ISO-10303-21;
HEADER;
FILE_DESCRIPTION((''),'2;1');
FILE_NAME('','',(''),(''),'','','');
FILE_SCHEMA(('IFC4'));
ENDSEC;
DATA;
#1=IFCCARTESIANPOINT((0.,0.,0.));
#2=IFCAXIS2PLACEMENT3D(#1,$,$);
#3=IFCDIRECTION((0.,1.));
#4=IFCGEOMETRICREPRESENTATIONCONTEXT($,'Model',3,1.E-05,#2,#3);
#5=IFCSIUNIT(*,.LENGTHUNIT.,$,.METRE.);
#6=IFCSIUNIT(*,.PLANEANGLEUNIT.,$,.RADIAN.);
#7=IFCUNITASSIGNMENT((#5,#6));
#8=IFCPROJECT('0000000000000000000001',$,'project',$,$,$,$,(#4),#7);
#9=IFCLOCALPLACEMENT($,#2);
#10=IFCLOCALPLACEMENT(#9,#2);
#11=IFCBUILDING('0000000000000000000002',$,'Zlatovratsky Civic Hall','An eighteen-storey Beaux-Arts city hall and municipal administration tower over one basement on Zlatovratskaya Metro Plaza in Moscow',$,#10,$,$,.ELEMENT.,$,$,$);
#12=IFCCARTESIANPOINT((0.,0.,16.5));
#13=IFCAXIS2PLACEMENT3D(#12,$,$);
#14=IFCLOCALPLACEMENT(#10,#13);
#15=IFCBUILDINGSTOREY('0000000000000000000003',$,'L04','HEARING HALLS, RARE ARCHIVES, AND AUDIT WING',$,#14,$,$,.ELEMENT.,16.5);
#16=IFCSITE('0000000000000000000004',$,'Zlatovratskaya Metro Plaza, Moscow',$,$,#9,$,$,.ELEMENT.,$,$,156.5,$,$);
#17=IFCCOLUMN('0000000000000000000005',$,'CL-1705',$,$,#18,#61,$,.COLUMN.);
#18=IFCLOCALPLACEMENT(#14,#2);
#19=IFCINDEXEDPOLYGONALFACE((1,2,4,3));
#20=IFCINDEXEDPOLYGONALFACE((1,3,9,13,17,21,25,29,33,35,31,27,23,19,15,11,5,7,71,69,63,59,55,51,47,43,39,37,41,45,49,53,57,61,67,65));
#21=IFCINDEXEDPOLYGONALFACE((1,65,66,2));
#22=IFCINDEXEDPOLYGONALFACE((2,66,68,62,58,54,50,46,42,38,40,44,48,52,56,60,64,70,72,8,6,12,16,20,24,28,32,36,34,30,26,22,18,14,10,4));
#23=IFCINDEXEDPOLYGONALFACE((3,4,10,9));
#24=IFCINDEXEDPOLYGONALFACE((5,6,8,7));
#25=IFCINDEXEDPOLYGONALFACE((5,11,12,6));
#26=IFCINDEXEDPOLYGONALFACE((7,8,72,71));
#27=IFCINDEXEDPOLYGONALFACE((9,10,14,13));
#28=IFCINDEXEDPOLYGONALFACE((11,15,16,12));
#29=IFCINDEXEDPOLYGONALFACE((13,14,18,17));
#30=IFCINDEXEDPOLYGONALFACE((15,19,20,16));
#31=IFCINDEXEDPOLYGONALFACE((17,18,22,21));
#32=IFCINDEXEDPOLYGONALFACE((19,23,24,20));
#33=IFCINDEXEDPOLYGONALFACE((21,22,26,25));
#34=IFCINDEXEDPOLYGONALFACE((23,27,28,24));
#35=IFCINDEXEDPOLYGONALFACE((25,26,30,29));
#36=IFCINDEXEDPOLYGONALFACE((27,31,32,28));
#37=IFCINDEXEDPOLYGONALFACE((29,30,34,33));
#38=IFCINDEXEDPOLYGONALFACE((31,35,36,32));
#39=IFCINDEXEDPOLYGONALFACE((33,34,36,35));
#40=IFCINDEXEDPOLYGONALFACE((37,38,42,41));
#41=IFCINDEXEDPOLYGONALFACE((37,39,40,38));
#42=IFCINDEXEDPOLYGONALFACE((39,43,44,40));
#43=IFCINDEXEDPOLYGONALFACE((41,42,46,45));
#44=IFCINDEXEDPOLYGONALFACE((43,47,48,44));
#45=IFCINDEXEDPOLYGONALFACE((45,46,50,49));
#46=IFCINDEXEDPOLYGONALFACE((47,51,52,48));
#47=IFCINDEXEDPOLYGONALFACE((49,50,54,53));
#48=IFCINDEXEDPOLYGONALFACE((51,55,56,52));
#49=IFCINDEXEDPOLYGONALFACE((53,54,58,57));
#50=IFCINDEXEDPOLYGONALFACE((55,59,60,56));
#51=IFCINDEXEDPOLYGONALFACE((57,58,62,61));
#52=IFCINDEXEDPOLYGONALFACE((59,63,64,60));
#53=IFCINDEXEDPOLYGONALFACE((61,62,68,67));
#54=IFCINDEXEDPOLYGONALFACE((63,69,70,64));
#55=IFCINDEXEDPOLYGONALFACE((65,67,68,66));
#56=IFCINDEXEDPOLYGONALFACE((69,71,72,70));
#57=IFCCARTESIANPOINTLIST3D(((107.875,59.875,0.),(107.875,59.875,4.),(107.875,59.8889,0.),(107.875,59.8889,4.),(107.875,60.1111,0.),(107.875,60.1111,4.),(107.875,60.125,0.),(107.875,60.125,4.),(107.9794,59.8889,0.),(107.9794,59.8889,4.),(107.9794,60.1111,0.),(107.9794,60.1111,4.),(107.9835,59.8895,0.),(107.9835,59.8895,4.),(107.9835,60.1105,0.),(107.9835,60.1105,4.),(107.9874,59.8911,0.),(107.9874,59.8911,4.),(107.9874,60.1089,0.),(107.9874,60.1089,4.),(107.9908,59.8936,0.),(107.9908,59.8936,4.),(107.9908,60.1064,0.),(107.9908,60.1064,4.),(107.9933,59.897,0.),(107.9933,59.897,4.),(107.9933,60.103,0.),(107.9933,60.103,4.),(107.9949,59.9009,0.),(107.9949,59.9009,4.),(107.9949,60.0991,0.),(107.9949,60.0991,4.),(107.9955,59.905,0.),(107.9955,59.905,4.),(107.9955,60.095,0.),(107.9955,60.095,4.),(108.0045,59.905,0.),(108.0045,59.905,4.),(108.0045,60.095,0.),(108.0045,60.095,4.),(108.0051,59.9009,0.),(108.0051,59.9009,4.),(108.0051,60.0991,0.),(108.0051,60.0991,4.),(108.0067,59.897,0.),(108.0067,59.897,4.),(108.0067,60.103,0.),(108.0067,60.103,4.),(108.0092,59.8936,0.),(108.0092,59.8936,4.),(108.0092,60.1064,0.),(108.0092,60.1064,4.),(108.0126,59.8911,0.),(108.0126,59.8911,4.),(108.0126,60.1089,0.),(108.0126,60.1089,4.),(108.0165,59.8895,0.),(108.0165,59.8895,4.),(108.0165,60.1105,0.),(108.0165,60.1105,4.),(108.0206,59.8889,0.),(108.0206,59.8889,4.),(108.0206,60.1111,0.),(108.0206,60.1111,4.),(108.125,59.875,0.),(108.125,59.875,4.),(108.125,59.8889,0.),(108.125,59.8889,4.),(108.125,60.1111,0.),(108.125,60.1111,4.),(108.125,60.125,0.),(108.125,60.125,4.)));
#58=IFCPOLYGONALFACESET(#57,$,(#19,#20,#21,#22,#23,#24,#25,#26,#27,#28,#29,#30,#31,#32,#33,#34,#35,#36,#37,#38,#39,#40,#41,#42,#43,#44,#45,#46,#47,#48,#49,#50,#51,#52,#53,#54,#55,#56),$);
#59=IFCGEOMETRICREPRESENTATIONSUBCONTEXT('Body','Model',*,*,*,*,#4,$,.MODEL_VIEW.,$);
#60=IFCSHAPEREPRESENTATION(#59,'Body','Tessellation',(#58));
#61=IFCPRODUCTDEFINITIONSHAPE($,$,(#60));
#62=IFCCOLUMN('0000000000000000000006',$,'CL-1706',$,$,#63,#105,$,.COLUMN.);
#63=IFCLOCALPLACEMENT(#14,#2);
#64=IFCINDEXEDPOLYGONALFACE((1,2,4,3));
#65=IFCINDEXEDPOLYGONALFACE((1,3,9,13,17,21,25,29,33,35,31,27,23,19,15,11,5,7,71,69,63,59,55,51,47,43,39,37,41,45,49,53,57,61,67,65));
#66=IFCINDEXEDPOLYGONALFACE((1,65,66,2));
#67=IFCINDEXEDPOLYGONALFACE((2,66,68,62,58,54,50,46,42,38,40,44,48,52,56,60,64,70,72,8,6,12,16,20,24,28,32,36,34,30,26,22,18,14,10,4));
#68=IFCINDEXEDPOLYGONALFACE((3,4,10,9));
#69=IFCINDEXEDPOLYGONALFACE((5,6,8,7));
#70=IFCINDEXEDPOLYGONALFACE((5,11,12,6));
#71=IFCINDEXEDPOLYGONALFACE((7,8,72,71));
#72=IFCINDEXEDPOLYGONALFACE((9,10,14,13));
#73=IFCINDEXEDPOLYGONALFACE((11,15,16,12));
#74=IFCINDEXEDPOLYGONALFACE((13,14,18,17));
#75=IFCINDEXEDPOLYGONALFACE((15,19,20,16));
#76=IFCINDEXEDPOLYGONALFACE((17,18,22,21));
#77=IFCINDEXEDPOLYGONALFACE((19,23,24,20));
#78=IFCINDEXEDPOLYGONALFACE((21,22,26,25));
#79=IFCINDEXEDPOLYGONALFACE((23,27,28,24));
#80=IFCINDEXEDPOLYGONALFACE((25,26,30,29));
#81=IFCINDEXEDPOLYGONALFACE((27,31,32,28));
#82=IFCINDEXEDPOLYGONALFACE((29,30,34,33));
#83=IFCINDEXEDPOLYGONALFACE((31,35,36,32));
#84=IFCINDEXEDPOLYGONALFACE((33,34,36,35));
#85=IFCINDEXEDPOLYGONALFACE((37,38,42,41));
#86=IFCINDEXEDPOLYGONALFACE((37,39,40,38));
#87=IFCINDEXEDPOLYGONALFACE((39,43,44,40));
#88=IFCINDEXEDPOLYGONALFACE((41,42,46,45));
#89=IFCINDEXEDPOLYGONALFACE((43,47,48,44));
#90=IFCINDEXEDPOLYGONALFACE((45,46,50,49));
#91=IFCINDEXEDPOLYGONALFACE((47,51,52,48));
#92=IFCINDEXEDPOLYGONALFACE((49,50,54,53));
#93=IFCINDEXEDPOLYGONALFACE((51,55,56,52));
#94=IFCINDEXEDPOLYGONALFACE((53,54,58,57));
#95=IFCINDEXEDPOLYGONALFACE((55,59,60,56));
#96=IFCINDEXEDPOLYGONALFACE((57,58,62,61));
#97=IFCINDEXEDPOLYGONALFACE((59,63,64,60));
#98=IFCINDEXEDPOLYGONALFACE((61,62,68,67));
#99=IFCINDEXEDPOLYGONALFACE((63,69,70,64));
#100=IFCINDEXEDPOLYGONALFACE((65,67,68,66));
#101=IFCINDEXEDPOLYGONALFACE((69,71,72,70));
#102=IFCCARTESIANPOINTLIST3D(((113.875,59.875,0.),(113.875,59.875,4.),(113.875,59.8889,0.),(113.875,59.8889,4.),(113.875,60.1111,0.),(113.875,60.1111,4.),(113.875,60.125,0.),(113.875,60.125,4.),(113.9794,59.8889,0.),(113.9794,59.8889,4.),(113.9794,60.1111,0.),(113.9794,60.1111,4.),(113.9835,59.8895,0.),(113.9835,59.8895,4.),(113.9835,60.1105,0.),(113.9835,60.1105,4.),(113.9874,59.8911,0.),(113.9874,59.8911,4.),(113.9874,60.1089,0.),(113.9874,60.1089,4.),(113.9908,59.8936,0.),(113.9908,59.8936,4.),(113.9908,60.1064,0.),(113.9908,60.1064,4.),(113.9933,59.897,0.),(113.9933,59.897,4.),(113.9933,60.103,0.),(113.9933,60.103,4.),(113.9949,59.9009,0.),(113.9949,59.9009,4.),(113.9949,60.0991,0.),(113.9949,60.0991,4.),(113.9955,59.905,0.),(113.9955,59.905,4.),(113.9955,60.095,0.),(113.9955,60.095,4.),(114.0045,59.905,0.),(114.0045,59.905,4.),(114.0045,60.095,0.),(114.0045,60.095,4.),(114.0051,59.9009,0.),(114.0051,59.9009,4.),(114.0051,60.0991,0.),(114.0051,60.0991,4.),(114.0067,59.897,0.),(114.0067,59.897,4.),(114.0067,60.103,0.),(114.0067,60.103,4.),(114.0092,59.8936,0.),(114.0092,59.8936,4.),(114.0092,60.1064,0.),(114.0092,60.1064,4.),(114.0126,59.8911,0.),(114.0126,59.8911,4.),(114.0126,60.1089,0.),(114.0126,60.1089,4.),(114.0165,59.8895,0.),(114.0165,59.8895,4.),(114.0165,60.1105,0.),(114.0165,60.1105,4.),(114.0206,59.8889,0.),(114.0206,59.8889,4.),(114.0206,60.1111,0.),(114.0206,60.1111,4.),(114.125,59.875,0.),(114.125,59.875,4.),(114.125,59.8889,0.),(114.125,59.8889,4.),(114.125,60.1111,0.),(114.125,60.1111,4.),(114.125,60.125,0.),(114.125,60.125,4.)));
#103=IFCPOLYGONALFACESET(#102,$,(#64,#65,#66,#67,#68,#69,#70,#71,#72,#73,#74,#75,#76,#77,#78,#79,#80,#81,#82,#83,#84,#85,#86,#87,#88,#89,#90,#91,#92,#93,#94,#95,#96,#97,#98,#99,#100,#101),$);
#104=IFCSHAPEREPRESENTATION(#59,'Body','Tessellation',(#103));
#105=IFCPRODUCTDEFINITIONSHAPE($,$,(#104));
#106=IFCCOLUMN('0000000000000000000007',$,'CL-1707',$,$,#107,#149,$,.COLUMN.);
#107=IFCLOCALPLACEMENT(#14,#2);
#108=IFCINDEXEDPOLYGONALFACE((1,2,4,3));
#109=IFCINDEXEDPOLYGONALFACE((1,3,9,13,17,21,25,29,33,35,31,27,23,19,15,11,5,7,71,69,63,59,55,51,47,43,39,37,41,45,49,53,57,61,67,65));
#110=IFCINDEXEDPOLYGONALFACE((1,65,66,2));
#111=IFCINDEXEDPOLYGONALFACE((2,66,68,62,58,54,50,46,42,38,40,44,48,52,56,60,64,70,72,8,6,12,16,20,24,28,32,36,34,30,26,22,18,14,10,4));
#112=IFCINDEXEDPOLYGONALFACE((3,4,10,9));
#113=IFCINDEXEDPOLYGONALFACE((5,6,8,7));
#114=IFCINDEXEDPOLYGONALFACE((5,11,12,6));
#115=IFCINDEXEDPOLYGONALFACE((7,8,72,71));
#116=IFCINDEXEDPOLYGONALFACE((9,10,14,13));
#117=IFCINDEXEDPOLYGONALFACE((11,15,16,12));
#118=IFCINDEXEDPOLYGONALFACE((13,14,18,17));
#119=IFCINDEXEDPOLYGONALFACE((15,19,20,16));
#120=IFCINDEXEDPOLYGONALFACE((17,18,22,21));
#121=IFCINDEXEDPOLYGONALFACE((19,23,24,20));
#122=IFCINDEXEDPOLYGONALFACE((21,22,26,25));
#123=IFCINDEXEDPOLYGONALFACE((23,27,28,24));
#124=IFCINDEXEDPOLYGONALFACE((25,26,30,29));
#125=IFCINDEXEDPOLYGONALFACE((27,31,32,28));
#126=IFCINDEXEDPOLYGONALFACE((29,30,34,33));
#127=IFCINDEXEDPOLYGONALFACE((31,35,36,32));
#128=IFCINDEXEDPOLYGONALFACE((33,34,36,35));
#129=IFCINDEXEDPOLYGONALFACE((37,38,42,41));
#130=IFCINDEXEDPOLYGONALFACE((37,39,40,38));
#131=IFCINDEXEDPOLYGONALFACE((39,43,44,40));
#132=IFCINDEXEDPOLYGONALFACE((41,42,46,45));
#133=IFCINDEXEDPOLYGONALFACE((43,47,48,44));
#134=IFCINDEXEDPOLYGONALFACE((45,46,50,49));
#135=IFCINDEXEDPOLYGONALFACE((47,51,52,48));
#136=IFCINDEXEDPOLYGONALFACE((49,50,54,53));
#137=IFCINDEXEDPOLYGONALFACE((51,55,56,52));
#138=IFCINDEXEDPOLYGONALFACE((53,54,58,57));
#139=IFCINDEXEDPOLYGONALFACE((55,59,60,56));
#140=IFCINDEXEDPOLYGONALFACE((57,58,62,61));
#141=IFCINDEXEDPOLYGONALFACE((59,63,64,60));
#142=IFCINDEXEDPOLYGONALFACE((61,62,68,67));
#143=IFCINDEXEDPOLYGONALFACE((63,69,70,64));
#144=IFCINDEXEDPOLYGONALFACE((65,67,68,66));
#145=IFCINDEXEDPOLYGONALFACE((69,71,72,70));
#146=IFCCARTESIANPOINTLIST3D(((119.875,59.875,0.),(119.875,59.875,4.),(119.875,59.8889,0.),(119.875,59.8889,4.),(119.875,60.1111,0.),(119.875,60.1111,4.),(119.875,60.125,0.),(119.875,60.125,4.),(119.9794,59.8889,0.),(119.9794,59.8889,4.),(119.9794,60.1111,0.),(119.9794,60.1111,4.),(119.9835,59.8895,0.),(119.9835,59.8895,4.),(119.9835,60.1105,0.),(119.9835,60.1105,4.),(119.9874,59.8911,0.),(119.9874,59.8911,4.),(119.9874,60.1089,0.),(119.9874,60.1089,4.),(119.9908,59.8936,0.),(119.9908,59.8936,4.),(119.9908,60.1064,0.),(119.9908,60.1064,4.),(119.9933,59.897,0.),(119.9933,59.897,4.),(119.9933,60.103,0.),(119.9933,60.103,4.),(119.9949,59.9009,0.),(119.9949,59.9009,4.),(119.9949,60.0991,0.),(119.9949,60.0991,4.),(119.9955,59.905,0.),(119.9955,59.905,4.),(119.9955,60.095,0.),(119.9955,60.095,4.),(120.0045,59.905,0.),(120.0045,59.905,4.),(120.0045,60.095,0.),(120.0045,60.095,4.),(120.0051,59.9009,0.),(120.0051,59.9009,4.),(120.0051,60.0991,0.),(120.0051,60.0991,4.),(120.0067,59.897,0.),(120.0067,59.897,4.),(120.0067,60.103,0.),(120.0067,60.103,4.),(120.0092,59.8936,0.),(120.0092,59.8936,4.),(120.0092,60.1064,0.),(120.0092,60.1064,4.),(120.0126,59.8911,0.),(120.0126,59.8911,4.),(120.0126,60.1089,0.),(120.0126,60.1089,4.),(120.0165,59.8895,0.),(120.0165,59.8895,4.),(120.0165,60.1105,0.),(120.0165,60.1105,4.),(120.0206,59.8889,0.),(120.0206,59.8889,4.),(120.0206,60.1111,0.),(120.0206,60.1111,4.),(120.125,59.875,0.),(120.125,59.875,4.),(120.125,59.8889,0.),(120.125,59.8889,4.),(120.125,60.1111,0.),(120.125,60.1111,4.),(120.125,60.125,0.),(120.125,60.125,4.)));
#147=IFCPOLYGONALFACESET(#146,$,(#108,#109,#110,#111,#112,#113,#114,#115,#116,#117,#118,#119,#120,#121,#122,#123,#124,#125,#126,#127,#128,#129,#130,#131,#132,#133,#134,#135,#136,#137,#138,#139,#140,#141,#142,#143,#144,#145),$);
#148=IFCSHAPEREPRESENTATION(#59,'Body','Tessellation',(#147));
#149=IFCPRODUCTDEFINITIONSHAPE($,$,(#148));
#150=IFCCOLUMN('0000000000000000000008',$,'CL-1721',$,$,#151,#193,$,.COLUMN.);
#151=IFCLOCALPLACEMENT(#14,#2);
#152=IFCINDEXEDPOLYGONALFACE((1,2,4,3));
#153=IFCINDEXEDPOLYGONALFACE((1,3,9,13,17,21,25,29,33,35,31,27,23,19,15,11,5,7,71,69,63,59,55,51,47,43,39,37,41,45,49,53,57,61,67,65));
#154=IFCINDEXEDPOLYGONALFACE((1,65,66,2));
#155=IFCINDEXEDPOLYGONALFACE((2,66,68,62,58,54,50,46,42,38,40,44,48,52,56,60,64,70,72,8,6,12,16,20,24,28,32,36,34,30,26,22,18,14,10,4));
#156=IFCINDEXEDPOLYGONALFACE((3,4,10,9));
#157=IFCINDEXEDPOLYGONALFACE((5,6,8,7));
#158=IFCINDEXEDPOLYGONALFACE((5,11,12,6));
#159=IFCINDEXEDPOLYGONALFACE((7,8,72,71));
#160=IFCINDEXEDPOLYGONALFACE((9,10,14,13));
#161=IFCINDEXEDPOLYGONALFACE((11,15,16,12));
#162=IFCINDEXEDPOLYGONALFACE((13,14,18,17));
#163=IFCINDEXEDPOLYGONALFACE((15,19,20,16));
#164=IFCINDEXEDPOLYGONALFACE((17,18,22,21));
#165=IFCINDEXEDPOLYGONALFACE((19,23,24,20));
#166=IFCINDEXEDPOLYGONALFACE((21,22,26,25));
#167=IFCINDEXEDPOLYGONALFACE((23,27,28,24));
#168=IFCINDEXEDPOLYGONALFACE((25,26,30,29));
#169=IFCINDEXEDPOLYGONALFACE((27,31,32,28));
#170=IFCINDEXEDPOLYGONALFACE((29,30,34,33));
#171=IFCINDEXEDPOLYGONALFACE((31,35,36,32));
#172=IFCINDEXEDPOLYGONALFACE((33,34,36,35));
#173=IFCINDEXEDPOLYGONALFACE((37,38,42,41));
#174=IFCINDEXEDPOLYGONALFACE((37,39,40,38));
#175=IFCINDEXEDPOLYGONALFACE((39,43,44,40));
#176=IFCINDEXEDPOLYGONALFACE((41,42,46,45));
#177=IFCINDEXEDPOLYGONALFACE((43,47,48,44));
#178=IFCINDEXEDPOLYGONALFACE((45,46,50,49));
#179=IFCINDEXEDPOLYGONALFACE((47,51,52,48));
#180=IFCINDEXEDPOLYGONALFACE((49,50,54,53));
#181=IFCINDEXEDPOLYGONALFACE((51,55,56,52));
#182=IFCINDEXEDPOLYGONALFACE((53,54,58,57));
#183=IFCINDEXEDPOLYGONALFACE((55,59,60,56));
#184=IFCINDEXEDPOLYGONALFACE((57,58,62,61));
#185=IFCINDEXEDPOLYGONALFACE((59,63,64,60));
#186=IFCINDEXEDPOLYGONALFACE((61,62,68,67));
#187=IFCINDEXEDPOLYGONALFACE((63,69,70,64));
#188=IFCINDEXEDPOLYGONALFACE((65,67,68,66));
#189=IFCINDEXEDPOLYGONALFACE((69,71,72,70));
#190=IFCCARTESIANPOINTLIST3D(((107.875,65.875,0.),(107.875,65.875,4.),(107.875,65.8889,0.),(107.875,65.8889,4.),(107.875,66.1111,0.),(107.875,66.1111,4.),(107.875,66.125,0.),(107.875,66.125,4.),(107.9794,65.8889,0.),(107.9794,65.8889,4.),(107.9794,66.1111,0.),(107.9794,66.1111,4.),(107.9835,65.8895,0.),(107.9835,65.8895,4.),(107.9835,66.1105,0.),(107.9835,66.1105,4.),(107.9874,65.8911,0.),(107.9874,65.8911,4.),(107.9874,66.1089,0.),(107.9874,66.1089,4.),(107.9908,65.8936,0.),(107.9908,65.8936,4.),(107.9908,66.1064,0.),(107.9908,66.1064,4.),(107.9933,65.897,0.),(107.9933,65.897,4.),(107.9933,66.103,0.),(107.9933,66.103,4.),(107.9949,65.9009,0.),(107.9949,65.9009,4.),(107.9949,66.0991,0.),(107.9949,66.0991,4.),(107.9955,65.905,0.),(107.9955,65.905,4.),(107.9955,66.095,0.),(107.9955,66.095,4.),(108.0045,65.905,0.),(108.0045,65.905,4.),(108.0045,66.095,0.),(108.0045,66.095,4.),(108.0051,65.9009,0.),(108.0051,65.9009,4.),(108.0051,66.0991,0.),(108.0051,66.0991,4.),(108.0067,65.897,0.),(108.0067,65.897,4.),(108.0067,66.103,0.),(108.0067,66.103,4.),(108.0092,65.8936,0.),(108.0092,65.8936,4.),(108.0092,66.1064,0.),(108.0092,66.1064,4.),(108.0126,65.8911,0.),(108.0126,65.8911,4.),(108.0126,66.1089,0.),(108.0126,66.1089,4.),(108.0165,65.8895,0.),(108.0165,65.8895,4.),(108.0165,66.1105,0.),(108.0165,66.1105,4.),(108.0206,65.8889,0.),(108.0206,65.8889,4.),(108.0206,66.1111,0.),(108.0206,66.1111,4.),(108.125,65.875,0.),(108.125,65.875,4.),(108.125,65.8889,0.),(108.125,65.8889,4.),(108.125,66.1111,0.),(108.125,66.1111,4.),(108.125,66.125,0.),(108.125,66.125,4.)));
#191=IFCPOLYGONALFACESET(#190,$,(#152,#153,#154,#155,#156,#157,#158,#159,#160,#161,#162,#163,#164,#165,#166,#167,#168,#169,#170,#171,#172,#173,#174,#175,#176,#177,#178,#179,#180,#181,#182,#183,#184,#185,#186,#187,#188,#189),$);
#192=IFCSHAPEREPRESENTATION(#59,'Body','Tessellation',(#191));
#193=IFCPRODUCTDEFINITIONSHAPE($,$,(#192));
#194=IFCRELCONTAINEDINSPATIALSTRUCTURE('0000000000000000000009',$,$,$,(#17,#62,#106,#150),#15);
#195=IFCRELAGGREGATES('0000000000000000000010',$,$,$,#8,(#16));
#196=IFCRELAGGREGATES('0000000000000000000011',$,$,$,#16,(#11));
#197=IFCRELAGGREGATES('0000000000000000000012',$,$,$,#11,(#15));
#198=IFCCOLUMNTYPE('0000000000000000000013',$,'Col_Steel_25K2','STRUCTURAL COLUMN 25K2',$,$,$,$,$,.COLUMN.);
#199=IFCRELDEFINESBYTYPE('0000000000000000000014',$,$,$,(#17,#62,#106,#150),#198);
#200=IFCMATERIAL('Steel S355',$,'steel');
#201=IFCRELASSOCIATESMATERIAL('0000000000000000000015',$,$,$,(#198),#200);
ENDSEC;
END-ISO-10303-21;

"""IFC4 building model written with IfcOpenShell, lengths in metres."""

from ifc_helpers import new_model, si_unit, direction, frame, origin, origin_2d, place, context, subcontext, project, spatial, i_section, extrude, material, material_profile, profile_set, type_object, element, save


model = new_model("IFC4")

# Units and contexts
model_context = context("Model", 3, precision=1e-05, world=origin(), true_north=direction((0.0, 1.0)))
body_context = subcontext(model_context, "Body", "Model", "MODEL_VIEW")
ifc_project = project(units=[si_unit("LENGTHUNIT", "METRE"), si_unit("PLANEANGLEUNIT", "RADIAN")], contexts=[model_context])

# Site, building, storey
site_placement = place(None, origin())
site = spatial("IfcSite", under=ifc_project, at=site_placement, Name="Zlatovratskaya Metro Plaza, Moscow", CompositionType="ELEMENT", RefElevation=156.5)
building_placement = place(site_placement, origin())
building = spatial("IfcBuilding", under=site, at=building_placement, Name="Zlatovratsky Civic Hall", Description="An eighteen-storey Beaux-Arts city hall and municipal administration tower over one basement on Zlatovratskaya Metro Plaza in Moscow", CompositionType="ELEMENT")
storey_placement = place(building_placement, frame((0.0, 0.0, 16.5)))
storey = spatial("IfcBuildingStorey", under=building, at=storey_placement, Name="L04", Description="HEARING HALLS, RARE ARCHIVES, AND AUDIT WING", CompositionType="ELEMENT", Elevation=16.5)

# Columns
ifc_material_1 = material(Name="Steel S355", Category="steel")
ifc_material_profile_1 = material_profile(ifc_material_1, i_section(OverallWidth=0.25, OverallDepth=0.25, WebThickness=0.009, FlangeThickness=0.0139, FilletRadius=0.0161, at=origin_2d()), Name="25K2")
ifc_profile_set_1 = profile_set([ifc_material_profile_1], Name="Steel S355")
column_type = type_object("IfcColumnType", Name="Col_Steel_25K2", Description="STRUCTURAL COLUMN 25K2", PredefinedType="COLUMN", material=ifc_profile_set_1)
for number, where, z_axis, x_axis, name in (
    (1, (108.0, 60.0, 0.0), (0.0, 0.0, 1.0), (1.0, 0.0, 0.0), "CL-1705"),
    (2, (114.0, 60.0, 0.0), (0.0, 0.0, 1.0), (1.0, 0.0, 0.0), "CL-1706"),
    (3, (120.0, 60.0, 0.0), (0.0, 0.0, 1.0), (1.0, 0.0, 0.0), "CL-1707"),
    (4, (108.0, 66.0, 0.0), (0.0, 0.0, 1.0), (1.0, 0.0, 0.0), "CL-1721"),
):
    element("IfcColumn", number, at=place(storey_placement, frame(where, z_axis=z_axis, x_axis=x_axis)), inside=storey, type_object=column_type, Name=name, PredefinedType="COLUMN", context=body_context, shape_type="SweptSolid", body=[
        extrude(i_section(OverallWidth=0.25, OverallDepth=0.25, WebThickness=0.009, FlangeThickness=0.0139, FilletRadius=0.0161, at=origin_2d()), origin(), (0.0, 0.0, 1.0), 4.0),
    ])

save(model, "model.ifc")
